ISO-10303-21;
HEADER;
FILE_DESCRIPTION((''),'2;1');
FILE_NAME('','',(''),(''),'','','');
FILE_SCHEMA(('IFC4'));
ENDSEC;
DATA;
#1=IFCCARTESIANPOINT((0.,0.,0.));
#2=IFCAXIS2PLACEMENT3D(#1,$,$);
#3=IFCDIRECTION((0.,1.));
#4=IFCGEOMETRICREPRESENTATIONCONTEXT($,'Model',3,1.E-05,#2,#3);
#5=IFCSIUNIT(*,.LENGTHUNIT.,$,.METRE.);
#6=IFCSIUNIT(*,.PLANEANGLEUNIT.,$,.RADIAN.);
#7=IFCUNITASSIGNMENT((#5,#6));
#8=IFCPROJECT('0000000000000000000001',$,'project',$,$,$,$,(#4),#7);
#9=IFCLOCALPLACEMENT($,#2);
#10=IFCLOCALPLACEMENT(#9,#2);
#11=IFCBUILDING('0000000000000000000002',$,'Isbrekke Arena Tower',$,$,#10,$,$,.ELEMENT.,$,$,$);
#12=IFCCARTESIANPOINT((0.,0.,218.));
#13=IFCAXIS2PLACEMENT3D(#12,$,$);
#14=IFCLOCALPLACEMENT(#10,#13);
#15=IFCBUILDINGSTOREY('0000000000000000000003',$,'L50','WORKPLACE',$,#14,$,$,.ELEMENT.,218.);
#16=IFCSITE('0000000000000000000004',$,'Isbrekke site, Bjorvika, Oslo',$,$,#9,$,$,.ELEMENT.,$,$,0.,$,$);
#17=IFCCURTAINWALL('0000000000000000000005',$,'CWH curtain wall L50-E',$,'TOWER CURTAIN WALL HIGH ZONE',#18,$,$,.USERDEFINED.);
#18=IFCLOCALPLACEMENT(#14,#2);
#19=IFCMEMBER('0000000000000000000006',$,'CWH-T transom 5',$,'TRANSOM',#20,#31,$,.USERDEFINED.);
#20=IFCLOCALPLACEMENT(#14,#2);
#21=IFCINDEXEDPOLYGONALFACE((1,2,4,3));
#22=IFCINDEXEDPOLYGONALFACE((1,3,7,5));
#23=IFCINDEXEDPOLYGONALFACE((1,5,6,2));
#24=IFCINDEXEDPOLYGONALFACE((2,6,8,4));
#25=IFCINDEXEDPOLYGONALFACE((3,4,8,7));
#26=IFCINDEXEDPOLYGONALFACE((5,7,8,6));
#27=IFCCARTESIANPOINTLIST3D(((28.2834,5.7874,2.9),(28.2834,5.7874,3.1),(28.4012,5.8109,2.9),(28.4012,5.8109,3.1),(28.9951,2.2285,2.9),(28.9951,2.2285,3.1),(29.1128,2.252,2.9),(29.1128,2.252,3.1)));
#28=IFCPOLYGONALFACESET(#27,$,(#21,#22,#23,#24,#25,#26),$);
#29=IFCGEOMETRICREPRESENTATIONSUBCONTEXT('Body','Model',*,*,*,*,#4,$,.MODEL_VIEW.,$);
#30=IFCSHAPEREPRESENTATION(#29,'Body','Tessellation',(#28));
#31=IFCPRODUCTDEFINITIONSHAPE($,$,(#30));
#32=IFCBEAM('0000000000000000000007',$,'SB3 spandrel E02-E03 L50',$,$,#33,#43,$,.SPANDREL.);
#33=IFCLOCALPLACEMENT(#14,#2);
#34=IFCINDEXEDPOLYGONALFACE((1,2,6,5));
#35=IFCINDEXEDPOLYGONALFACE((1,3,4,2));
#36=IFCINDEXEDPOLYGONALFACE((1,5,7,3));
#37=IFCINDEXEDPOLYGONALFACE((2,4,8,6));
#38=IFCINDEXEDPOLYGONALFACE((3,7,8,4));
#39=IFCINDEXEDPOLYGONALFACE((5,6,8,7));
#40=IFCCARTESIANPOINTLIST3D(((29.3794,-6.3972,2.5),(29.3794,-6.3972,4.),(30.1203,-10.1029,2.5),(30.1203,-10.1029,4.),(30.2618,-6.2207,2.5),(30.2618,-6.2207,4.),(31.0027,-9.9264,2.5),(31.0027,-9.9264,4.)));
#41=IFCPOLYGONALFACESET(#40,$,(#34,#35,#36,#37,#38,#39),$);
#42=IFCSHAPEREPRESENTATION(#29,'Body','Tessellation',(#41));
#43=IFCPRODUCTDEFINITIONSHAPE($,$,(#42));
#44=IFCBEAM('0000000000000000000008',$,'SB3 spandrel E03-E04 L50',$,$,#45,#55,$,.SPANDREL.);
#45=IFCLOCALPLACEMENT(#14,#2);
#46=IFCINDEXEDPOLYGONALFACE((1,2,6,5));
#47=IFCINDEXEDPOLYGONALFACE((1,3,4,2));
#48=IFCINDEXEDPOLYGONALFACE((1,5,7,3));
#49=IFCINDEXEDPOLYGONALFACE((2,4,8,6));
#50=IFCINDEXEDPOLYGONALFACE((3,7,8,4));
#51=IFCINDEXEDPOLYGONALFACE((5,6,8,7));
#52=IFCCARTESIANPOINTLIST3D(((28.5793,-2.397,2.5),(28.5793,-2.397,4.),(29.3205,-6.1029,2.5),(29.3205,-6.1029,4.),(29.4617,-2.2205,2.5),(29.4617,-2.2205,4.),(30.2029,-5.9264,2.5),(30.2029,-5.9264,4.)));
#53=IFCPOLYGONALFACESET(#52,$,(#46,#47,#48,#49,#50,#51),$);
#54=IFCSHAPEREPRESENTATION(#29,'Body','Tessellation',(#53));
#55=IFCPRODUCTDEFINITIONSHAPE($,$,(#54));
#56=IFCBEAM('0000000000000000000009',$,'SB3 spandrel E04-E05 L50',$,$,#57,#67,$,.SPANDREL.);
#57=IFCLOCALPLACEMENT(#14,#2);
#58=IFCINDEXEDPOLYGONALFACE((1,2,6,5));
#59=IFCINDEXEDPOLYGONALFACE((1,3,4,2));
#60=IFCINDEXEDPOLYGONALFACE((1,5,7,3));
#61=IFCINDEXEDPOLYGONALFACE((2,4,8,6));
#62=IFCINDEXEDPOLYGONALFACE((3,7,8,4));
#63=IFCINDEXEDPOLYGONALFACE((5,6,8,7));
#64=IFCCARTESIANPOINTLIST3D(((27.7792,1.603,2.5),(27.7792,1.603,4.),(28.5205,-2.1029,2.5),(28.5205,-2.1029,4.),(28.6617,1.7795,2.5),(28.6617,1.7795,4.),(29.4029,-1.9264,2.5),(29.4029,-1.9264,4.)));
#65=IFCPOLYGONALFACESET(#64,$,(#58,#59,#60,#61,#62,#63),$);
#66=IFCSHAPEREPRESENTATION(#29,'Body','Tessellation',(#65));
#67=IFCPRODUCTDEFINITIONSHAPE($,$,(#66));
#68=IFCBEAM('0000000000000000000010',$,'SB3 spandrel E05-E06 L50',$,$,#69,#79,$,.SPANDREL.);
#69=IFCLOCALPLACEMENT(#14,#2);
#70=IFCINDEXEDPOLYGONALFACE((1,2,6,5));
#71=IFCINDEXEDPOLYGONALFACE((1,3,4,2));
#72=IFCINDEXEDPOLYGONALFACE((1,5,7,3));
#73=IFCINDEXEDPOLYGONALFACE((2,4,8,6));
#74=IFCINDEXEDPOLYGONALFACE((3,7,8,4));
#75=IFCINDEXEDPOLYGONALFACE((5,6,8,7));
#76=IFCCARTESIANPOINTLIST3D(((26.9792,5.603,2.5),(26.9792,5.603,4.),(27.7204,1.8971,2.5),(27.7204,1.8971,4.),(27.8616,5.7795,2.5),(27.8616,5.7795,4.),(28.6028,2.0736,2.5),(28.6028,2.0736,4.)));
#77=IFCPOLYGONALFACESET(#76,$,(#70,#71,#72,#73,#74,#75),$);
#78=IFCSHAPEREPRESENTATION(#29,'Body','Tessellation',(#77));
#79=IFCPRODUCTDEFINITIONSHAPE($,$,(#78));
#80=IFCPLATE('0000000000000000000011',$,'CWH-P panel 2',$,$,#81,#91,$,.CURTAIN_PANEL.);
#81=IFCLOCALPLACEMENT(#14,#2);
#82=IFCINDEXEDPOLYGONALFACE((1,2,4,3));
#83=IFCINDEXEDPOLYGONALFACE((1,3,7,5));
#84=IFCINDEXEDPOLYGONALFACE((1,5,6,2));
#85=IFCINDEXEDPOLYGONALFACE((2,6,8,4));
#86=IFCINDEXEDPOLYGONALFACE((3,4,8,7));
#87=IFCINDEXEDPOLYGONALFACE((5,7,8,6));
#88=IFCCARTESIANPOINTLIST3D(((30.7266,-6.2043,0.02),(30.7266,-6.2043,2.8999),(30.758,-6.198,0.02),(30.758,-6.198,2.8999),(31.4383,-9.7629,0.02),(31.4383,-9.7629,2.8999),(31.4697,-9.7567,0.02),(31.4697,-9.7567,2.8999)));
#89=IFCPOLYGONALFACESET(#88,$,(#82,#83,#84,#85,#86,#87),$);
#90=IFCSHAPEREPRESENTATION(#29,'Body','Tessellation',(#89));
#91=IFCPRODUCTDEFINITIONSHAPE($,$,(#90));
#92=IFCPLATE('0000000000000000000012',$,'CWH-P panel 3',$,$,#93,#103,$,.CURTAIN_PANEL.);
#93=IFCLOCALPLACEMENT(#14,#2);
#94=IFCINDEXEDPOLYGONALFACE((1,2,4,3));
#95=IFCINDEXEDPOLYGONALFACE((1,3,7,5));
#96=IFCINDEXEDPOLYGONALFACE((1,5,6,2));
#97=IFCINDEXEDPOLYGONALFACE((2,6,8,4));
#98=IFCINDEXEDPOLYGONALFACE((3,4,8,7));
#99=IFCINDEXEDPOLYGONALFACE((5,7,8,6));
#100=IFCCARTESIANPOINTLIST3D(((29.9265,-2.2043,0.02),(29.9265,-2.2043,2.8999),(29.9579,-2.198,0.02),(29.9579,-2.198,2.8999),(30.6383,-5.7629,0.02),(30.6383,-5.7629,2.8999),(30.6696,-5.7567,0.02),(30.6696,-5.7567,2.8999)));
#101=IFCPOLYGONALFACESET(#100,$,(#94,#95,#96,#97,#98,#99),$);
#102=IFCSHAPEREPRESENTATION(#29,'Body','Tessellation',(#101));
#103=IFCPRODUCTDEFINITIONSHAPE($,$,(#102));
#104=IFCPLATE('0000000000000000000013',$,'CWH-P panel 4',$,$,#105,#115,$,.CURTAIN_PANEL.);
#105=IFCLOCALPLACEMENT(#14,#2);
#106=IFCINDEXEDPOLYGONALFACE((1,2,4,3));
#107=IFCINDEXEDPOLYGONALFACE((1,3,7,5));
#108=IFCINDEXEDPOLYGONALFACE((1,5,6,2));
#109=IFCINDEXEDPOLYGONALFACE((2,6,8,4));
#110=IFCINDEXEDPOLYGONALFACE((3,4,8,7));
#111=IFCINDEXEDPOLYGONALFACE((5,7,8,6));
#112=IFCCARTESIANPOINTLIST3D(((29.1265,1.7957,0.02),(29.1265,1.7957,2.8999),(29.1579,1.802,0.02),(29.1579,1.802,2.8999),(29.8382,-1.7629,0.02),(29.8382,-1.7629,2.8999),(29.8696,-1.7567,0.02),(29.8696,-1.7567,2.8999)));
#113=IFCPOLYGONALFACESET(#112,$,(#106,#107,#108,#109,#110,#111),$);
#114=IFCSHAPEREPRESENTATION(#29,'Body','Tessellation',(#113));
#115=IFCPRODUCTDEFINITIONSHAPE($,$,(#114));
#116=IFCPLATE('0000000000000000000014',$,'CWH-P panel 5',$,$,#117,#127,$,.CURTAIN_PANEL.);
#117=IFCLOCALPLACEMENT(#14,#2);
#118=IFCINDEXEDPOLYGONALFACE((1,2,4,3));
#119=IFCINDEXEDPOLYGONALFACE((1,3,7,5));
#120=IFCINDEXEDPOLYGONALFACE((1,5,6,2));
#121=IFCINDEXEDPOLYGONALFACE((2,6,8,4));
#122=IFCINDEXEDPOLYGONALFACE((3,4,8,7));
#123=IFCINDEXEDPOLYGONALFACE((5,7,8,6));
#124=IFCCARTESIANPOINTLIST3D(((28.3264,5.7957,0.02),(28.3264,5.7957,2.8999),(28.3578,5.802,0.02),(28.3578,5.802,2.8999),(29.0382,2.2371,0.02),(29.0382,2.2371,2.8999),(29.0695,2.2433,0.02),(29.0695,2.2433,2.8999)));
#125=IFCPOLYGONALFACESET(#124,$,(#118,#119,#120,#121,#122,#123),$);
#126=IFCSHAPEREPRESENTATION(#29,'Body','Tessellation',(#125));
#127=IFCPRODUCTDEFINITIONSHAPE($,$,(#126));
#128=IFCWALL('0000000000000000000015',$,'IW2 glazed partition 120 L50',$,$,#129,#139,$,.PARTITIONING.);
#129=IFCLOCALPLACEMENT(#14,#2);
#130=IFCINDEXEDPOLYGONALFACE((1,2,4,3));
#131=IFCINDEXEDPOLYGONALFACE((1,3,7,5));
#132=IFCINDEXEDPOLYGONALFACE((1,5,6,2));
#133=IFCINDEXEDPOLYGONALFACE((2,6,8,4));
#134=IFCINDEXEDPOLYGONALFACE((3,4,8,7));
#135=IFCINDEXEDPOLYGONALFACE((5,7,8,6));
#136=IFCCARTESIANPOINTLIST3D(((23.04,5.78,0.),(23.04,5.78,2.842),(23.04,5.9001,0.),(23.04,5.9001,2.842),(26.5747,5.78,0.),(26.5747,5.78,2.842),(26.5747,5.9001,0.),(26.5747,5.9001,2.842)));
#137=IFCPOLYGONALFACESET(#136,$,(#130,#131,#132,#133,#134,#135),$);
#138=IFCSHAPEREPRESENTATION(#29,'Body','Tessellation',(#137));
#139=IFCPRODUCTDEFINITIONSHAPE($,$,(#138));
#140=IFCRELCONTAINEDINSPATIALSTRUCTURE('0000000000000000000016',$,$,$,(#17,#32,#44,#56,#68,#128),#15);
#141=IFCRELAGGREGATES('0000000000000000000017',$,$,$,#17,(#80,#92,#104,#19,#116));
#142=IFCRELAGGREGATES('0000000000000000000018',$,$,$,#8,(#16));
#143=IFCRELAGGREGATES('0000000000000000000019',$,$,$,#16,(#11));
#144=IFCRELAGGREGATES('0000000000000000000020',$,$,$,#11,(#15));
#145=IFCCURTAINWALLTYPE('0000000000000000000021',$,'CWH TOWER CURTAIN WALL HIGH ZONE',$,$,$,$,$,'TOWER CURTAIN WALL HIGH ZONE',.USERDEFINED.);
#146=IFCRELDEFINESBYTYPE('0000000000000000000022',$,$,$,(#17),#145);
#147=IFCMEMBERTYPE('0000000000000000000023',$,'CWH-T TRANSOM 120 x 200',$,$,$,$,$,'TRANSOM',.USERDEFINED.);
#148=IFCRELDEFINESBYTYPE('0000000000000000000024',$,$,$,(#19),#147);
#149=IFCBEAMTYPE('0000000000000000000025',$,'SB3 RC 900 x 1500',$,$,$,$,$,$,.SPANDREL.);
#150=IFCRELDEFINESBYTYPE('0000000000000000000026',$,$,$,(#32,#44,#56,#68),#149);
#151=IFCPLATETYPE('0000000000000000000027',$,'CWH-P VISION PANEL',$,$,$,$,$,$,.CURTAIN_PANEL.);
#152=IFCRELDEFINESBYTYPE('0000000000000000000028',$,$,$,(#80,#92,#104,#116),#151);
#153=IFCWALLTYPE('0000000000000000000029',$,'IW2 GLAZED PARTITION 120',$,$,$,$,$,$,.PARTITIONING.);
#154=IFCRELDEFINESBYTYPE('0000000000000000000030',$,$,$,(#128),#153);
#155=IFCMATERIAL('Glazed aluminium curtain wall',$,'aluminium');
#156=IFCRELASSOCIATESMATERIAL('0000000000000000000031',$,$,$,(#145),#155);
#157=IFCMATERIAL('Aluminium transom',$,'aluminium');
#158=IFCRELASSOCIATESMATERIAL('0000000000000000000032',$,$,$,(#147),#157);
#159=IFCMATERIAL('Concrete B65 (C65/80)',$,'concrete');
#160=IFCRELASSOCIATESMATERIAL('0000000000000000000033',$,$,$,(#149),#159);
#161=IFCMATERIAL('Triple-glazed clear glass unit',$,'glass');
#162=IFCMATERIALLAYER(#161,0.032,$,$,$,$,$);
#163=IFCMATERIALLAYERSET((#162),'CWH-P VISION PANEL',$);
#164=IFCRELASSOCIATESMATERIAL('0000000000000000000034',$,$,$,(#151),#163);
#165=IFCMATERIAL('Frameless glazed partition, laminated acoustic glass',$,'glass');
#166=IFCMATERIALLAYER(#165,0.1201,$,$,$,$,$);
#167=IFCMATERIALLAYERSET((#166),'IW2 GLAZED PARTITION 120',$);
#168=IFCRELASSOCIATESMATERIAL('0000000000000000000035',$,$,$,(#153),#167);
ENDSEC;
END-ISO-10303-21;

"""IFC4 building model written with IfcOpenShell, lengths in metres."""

from ifc_helpers import new_model, si_unit, direction, frame, frame_2d, origin, origin_2d, place, context, subcontext, project, spatial, rectangle, extrude, material, layer, layer_set, material_profile, profile_set, type_object, element, aggregate, save


model = new_model("IFC4")

# Units and contexts
model_context = context("Model", 3, precision=1e-05, world=origin(), true_north=direction((0.0, 1.0)))
body_context = subcontext(model_context, "Body", "Model", "MODEL_VIEW")
ifc_project = project(units=[si_unit("LENGTHUNIT", "METRE"), si_unit("PLANEANGLEUNIT", "RADIAN")], contexts=[model_context])

# Site, building, storey
site_placement = place(None, origin())
site = spatial("IfcSite", under=ifc_project, at=site_placement, Name="Isbrekke site, Bjorvika, Oslo", CompositionType="ELEMENT", RefElevation=0.0)
building_placement = place(site_placement, origin())
building = spatial("IfcBuilding", under=site, at=building_placement, Name="Isbrekke Arena Tower", CompositionType="ELEMENT")
storey_placement = place(building_placement, frame((0.0, 0.0, 218.0)))
storey = spatial("IfcBuildingStorey", under=building, at=storey_placement, Name="L50", Description="WORKPLACE", CompositionType="ELEMENT", Elevation=218.0)

# Curtain wall, member
ifc_material_1 = material(Name="Glazed aluminium curtain wall", Category="aluminium")
curtain_wall_type = type_object("IfcCurtainWallType", Name="CWH TOWER CURTAIN WALL HIGH ZONE", ElementType="TOWER CURTAIN WALL HIGH ZONE", PredefinedType="USERDEFINED", material=ifc_material_1)
curtain_wall_placement = place(storey_placement, origin())
curtain_wall = element("IfcCurtainWall", 1, at=curtain_wall_placement, inside=storey, type_object=curtain_wall_type, Name="CWH curtain wall L50-E", ObjectType="TOWER CURTAIN WALL HIGH ZONE", PredefinedType="USERDEFINED")
ifc_material_2 = material(Name="Aluminium transom", Category="aluminium")
ifc_material_profile_1 = material_profile(ifc_material_2, rectangle(XDim=0.1201, YDim=0.2, at=origin_2d()), Name="TRANSOM 120X200")
ifc_profile_set_1 = profile_set([ifc_material_profile_1], Name="Aluminium transom")
member_type_1 = type_object("IfcMemberType", Name="CWH-T TRANSOM 120 x 200", ElementType="TRANSOM", PredefinedType="USERDEFINED", material=ifc_profile_set_1)
member_1_placement = place(storey_placement, frame((29.054, 2.2402, 3.0), z_axis=(-0.19609, 0.980586, 0.0), x_axis=(-0.980586, -0.19609, 0.0)))
member_1 = element("IfcMember", 2, at=member_1_placement, type_object=member_type_1, Name="CWH-T transom 5", ObjectType="TRANSOM", PredefinedType="USERDEFINED", context=body_context, shape_type="SweptSolid", body=[
    extrude(rectangle(XDim=0.1201, YDim=0.2, at=origin_2d()), origin(), (0.0, 0.0, 1.0), 3.6294),
])

# Beams
ifc_material_3 = material(Name="Concrete B65 (C65/80)", Category="concrete")
ifc_material_profile_2 = material_profile(ifc_material_3, rectangle(XDim=0.8999, YDim=1.5, at=origin_2d()), Name="RC 900x1500")
ifc_profile_set_2 = profile_set([ifc_material_profile_2], Name="Concrete B65 (C65/80)")
beam_type_1 = type_object("IfcBeamType", Name="SB3 RC 900 x 1500", PredefinedType="SPANDREL", material=ifc_profile_set_2)
beam_1_placement = place(storey_placement, frame((30.5615, -10.0146, 3.25), z_axis=(-0.196066, 0.980591, 0.0), x_axis=(-0.980591, -0.196066, 0.0)))
element("IfcBeam", 3, at=beam_1_placement, inside=storey, type_object=beam_type_1, Name="SB3 spandrel E02-E03 L50", PredefinedType="SPANDREL", context=body_context, shape_type="SweptSolid", body=[
    extrude(rectangle(XDim=0.8999, YDim=1.5, at=origin_2d()), origin(), (0.0, 0.0, 1.0), 3.7791),
])
for number, where, z_axis, x_axis, name in (
    (4, (29.7617, -6.0146, 3.25), (-0.196129, 0.980578, 0.0), (-0.980578, -0.196129, 0.0), "SB3 spandrel E03-E04 L50"),
    (5, (28.9617, -2.0146, 3.25), (-0.196129, 0.980578, 0.0), (-0.980578, -0.196129, 0.0), "SB3 spandrel E04-E05 L50"),
    (6, (28.1616, 1.9854, 3.25), (-0.196129, 0.980578, 0.0), (-0.980578, -0.196129, 0.0), "SB3 spandrel E05-E06 L50"),
):
    element("IfcBeam", number, at=place(storey_placement, frame(where, z_axis=z_axis, x_axis=x_axis)), inside=storey, type_object=beam_type_1, Name=name, PredefinedType="SPANDREL", context=body_context, shape_type="SweptSolid", body=[
        extrude(rectangle(XDim=0.8999, YDim=1.5, at=origin_2d()), origin(), (0.0, 0.0, 1.0), 3.7793),
    ])

# Plates
ifc_material_4 = material(Name="Triple-glazed clear glass unit", Category="glass")
ifc_layer_1 = layer(ifc_material_4, 0.032)
ifc_layer_set_1 = layer_set([ifc_layer_1], Name="CWH-P VISION PANEL")
plate_type = type_object("IfcPlateType", Name="CWH-P VISION PANEL", PredefinedType="CURTAIN_PANEL", material=ifc_layer_set_1)
plate_1_placement = place(storey_placement, frame((31.0981, -7.9805, 0.02), z_axis=(0.0, 0.0, 1.0), x_axis=(-0.196116, 0.980581, 0.0)))
plate_1 = element("IfcPlate", 7, at=plate_1_placement, type_object=plate_type, Name="CWH-P panel 2", PredefinedType="CURTAIN_PANEL", context=body_context, shape_type="SweptSolid", body=[
    extrude(rectangle(XDim=3.6292, YDim=0.032, at=origin_2d()), origin(), (0.0, 0.0, 1.0), 2.8799),
])
plate_2_placement = place(storey_placement, frame((30.2981, -3.9805, 0.02), z_axis=(0.0, 0.0, 1.0), x_axis=(-0.196116, 0.980581, 0.0)))
plate_2 = element("IfcPlate", 8, at=plate_2_placement, type_object=plate_type, Name="CWH-P panel 3", PredefinedType="CURTAIN_PANEL", context=body_context, shape_type="SweptSolid", body=[
    extrude(rectangle(XDim=3.6292, YDim=0.032, at=origin_2d()), origin(), (0.0, 0.0, 1.0), 2.8799),
])
plate_3_placement = place(storey_placement, frame((29.498, 0.0195, 0.02), z_axis=(0.0, 0.0, 1.0), x_axis=(-0.196116, 0.980581, 0.0)))
plate_3 = element("IfcPlate", 9, at=plate_3_placement, type_object=plate_type, Name="CWH-P panel 4", PredefinedType="CURTAIN_PANEL", context=body_context, shape_type="SweptSolid", body=[
    extrude(rectangle(XDim=3.6292, YDim=0.032, at=origin_2d()), origin(), (0.0, 0.0, 1.0), 2.8799),
])
plate_4_placement = place(storey_placement, frame((28.698, 4.0195, 0.02), z_axis=(0.0, 0.0, 1.0), x_axis=(-0.196116, 0.980581, 0.0)))
plate_4 = element("IfcPlate", 10, at=plate_4_placement, type_object=plate_type, Name="CWH-P panel 5", PredefinedType="CURTAIN_PANEL", context=body_context, shape_type="SweptSolid", body=[
    extrude(rectangle(XDim=3.6292, YDim=0.032, at=origin_2d()), origin(), (0.0, 0.0, 1.0), 2.8799),
])
aggregate(curtain_wall, [plate_1, plate_2, plate_3, member_1, plate_4])

# Wall
ifc_material_5 = material(Name="Frameless glazed partition, laminated acoustic glass", Category="glass")
ifc_layer_2 = layer(ifc_material_5, 0.1201)
ifc_layer_set_2 = layer_set([ifc_layer_2], Name="IW2 GLAZED PARTITION 120")
wall_type = type_object("IfcWallType", Name="IW2 GLAZED PARTITION 120", PredefinedType="PARTITIONING", material=ifc_layer_set_2)
wall_1_placement = place(storey_placement, frame((23.04, 5.8401, 0.0), z_axis=(0.0, 0.0, 1.0), x_axis=(1.0, 0.0, 0.0)))
element("IfcWall", 11, at=wall_1_placement, inside=storey, type_object=wall_type, Name="IW2 glazed partition 120 L50", PredefinedType="PARTITIONING", context=body_context, shape_type="SweptSolid", body=[
    extrude(rectangle(XDim=3.5347, YDim=0.1201, at=frame_2d((1.7673, 0.0))), origin(), (0.0, 0.0, 1.0), 2.842),
])

save(model, "model.ifc")
